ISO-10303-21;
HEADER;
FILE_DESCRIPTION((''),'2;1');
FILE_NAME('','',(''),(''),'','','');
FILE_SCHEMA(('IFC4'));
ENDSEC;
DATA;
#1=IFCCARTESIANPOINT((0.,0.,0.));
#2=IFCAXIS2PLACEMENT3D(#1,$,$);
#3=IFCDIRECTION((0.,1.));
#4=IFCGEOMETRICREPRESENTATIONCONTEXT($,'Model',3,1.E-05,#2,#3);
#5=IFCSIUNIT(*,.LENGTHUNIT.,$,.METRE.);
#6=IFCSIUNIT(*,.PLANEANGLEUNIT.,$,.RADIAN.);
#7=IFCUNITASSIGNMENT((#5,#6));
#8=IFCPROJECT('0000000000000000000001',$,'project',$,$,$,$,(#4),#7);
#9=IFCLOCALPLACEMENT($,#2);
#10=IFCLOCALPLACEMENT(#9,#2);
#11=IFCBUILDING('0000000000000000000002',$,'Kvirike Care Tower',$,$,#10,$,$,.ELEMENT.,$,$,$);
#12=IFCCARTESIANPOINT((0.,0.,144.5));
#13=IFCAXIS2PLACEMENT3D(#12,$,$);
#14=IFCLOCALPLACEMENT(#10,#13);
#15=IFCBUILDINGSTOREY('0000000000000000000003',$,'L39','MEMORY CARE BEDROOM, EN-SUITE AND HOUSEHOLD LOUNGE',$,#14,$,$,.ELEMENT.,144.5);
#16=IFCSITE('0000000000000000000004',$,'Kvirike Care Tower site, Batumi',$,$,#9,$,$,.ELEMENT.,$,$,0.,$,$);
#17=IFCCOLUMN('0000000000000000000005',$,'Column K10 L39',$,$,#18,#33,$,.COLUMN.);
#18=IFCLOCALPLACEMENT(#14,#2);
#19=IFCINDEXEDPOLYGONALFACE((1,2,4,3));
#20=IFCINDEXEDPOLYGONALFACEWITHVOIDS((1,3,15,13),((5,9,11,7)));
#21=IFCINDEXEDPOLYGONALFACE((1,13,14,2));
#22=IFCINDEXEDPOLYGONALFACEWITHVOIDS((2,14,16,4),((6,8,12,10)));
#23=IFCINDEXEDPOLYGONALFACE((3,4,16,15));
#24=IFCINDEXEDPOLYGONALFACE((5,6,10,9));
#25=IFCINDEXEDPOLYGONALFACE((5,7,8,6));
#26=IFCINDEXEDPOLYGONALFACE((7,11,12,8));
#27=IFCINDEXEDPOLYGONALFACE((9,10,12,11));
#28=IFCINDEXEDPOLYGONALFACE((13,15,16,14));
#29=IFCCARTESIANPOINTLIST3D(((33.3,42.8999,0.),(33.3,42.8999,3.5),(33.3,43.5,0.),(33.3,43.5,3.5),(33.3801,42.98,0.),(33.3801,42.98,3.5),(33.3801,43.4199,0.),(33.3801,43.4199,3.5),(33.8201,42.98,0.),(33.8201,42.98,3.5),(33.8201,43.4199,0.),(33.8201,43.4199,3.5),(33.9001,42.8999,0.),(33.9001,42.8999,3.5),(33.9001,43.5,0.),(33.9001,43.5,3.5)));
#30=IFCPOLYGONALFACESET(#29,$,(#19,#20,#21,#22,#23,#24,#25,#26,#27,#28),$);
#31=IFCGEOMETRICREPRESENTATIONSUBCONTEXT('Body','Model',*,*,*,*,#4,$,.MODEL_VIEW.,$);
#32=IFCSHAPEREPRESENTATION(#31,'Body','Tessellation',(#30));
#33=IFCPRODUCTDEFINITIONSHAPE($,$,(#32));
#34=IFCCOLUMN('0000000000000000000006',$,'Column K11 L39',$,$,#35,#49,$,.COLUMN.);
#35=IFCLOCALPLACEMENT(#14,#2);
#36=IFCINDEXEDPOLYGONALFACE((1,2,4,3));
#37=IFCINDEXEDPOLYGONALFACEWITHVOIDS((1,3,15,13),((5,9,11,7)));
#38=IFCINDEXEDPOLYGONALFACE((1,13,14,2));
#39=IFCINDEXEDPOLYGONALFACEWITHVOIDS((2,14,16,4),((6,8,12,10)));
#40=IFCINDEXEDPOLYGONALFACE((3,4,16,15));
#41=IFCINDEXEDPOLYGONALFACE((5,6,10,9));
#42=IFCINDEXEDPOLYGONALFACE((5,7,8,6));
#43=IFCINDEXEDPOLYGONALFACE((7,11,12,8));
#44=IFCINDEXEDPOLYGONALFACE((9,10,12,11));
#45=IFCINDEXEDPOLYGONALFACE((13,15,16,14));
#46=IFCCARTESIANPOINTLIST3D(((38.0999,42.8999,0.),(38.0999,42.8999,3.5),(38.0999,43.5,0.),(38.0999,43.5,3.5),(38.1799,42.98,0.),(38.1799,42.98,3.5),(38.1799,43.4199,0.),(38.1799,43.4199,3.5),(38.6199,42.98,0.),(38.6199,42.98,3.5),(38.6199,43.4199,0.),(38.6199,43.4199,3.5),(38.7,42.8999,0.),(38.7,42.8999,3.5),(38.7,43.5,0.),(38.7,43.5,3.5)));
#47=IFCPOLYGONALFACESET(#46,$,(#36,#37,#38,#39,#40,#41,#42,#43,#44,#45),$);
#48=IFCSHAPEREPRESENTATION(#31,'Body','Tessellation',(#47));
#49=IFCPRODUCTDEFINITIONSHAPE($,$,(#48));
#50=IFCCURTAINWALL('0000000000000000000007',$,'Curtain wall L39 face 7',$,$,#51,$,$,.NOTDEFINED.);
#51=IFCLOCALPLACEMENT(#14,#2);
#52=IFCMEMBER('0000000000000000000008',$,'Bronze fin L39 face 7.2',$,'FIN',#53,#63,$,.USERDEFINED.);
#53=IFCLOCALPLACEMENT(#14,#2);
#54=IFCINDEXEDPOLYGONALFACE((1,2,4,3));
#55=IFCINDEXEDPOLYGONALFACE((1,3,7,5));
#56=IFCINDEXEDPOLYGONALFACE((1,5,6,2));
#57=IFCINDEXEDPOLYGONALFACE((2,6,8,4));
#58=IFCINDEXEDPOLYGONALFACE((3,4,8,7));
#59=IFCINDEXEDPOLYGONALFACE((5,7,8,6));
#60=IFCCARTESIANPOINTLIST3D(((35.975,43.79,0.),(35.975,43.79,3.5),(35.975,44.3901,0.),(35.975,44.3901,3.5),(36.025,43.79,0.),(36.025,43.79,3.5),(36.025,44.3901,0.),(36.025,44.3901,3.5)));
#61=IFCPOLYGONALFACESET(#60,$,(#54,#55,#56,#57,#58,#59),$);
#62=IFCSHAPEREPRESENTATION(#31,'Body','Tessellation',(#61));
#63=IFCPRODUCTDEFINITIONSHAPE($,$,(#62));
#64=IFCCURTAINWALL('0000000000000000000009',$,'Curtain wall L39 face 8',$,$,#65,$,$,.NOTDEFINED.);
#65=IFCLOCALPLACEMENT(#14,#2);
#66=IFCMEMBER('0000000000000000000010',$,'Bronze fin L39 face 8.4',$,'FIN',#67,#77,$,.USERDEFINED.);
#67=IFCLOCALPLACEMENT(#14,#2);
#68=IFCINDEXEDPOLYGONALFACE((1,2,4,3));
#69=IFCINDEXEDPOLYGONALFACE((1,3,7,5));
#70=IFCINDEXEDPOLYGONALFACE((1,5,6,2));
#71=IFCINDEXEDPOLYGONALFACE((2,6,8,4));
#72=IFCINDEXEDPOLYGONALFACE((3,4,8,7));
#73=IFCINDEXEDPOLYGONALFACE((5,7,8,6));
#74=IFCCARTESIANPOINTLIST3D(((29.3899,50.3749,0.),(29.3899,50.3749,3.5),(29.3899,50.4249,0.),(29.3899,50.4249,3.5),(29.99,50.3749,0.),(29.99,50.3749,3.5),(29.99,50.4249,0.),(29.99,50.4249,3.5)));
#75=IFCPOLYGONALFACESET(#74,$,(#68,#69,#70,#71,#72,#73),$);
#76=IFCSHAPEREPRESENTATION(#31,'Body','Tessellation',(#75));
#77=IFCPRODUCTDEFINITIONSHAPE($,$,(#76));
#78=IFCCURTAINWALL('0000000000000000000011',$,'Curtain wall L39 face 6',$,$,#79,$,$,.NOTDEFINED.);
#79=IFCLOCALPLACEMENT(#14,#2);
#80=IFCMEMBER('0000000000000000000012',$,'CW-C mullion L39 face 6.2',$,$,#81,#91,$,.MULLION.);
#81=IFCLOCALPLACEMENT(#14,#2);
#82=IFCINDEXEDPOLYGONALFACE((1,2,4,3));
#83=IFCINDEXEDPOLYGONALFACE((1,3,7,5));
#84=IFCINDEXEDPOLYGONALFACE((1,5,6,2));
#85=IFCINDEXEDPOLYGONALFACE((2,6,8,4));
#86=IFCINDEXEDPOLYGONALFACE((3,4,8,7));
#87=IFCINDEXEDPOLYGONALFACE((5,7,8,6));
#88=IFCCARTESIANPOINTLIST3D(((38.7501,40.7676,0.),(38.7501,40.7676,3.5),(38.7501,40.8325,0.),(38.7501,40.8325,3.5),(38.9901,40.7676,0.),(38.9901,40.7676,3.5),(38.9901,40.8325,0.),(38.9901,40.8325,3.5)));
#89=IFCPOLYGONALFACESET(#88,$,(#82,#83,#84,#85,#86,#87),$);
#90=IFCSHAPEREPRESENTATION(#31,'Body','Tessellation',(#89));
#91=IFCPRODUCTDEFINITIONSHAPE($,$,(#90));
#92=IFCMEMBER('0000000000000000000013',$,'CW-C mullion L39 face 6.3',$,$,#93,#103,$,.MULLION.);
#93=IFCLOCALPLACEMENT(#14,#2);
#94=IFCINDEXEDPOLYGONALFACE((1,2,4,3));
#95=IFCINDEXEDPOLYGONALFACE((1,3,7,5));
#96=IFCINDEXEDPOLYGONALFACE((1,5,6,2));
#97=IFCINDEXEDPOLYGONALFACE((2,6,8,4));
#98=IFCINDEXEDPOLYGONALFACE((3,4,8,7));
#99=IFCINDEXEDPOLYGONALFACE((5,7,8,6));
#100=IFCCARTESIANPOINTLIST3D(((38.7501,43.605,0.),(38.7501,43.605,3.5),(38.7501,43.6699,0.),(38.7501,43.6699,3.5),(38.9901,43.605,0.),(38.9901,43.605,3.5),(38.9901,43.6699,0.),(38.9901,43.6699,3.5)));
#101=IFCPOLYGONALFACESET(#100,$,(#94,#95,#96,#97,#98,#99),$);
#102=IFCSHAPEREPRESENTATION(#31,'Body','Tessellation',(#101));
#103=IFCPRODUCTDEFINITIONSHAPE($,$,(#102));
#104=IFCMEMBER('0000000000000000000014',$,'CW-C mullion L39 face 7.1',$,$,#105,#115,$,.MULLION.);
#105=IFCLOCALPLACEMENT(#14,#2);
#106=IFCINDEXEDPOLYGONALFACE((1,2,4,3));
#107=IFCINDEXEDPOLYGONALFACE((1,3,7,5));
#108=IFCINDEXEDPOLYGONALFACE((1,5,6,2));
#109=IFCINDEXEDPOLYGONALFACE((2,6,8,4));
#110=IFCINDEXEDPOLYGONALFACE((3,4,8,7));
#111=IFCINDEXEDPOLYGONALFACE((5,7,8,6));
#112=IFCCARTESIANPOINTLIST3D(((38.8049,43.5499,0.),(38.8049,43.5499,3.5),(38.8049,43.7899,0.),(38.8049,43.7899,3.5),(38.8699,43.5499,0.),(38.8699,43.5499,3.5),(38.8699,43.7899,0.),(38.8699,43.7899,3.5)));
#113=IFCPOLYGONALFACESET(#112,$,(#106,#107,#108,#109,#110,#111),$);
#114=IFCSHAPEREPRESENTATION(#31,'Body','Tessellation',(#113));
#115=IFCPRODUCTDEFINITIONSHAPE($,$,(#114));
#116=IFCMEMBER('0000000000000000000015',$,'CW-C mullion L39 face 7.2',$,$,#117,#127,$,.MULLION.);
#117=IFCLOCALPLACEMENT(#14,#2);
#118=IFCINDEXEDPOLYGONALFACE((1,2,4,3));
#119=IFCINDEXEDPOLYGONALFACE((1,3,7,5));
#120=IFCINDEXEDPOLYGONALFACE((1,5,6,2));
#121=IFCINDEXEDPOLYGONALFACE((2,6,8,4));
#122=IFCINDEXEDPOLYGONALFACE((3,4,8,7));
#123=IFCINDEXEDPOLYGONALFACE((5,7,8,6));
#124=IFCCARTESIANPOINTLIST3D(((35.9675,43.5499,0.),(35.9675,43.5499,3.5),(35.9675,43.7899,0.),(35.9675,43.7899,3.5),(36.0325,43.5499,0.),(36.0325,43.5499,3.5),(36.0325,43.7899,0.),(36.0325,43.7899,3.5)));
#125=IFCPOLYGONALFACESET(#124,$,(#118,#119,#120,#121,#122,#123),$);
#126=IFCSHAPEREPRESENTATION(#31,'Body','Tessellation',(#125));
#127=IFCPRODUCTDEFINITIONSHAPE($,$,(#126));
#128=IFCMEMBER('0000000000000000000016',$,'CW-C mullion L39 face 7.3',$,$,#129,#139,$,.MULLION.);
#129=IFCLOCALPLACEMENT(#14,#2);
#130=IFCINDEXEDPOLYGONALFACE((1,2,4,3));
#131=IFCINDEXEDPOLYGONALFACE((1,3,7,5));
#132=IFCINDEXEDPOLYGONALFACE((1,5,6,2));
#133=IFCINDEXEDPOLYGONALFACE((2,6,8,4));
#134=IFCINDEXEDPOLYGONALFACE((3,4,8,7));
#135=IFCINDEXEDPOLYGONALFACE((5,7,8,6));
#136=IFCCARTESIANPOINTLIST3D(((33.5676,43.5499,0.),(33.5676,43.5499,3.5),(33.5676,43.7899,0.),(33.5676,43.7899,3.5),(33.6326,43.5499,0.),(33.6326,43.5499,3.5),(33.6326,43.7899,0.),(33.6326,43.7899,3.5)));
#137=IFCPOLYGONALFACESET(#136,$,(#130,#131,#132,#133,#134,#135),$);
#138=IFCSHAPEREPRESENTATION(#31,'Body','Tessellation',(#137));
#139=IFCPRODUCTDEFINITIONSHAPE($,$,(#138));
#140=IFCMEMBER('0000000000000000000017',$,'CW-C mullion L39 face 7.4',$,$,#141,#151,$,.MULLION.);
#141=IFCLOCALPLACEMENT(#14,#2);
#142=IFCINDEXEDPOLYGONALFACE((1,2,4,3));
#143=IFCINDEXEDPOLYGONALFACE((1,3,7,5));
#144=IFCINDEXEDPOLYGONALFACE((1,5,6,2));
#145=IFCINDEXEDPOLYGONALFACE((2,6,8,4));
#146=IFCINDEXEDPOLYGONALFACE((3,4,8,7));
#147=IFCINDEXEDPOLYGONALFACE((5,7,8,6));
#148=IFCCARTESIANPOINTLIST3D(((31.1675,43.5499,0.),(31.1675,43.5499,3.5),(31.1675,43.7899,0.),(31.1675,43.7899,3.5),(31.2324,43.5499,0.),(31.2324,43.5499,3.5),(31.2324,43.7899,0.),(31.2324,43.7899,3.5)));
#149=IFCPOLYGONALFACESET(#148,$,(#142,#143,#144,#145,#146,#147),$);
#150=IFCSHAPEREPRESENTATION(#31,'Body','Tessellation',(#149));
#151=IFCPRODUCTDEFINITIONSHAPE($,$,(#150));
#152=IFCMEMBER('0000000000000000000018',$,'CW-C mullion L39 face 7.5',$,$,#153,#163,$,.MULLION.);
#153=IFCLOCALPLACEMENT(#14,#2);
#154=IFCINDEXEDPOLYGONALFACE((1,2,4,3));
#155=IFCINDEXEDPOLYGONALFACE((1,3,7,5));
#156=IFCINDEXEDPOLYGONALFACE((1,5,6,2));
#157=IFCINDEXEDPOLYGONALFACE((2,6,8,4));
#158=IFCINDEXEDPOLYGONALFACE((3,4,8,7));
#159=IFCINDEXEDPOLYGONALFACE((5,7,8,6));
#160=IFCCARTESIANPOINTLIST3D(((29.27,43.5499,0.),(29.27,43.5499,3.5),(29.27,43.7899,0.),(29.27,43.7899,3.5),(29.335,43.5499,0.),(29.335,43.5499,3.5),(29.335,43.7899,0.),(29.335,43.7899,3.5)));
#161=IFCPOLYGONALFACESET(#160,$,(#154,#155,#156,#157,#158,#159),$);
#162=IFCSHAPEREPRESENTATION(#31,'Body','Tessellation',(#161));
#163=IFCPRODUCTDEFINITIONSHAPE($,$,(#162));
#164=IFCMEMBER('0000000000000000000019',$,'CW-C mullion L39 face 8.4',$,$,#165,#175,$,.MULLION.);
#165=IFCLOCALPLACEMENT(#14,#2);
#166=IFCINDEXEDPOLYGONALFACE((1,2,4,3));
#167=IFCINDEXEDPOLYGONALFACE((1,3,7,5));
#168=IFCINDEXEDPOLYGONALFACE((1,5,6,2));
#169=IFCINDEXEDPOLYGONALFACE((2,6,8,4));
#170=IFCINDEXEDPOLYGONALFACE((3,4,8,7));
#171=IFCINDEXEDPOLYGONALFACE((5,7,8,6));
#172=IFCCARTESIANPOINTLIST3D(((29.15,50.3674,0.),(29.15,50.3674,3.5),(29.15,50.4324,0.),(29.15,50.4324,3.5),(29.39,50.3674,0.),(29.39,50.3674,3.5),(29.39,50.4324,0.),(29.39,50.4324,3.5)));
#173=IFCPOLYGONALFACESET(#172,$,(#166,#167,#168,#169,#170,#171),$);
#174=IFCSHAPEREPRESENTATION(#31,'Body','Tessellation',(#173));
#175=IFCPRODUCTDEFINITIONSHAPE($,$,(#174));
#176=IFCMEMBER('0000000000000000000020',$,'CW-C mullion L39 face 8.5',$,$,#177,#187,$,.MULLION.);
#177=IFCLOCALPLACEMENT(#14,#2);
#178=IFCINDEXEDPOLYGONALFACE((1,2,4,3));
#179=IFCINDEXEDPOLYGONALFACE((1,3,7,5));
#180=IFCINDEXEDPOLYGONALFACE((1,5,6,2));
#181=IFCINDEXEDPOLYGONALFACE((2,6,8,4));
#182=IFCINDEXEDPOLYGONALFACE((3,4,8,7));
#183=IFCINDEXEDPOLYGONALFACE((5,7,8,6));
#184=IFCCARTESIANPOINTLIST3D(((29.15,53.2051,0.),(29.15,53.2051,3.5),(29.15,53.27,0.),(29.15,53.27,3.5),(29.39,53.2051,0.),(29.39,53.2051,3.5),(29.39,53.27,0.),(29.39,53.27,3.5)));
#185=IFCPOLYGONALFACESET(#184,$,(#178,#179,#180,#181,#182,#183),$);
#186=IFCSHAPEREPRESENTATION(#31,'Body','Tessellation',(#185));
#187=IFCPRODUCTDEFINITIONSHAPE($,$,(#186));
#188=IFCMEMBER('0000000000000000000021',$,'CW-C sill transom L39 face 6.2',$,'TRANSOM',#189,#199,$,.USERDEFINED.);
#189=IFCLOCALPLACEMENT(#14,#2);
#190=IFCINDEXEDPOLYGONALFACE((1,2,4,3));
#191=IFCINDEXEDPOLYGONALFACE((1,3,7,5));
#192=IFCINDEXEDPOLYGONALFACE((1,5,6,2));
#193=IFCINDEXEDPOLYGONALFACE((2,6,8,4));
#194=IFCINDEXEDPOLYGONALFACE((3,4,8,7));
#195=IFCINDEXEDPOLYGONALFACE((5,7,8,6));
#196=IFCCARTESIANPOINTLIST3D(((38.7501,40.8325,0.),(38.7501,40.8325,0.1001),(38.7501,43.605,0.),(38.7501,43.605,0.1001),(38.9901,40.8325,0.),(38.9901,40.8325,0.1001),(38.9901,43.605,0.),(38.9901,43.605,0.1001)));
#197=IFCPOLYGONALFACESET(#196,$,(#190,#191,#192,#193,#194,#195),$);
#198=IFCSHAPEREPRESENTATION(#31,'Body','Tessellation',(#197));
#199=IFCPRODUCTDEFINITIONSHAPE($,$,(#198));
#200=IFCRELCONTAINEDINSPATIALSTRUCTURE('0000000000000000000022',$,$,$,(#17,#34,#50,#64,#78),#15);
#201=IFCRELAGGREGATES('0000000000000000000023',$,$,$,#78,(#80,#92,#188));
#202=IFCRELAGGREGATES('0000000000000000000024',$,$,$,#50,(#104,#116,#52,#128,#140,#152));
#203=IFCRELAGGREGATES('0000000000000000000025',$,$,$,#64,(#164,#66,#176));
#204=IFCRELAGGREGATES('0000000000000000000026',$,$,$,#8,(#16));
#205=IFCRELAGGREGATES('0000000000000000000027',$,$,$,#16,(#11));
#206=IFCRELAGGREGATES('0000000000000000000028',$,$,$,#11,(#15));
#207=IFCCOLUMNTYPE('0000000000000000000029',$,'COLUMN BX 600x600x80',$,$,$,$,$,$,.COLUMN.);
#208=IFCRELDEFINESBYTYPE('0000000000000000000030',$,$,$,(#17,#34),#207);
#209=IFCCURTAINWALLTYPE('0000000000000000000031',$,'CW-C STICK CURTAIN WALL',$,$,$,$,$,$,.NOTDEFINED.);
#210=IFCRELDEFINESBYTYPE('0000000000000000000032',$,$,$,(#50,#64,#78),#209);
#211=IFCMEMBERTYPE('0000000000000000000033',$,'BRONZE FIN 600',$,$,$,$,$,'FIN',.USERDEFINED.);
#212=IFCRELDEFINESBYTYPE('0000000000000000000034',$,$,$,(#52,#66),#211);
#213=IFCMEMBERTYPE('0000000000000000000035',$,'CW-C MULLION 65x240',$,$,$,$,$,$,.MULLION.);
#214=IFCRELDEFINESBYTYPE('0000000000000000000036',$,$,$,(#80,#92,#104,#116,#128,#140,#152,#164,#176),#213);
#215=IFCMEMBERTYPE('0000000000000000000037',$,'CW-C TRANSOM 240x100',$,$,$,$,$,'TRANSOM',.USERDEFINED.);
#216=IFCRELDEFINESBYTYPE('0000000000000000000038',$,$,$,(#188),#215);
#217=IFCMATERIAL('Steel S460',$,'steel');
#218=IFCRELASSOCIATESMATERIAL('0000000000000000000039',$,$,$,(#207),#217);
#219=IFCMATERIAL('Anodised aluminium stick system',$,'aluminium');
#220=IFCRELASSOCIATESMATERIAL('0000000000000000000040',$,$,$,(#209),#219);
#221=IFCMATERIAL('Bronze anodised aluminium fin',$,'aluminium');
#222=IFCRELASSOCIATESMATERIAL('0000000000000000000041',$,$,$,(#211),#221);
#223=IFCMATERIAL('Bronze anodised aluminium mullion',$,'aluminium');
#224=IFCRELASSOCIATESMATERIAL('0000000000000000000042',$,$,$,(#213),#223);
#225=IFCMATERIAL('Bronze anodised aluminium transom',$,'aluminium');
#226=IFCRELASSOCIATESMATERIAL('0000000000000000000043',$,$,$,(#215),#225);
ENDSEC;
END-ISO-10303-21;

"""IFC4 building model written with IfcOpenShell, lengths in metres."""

from ifc_helpers import new_model, si_unit, direction, frame, origin, origin_2d, place, context, subcontext, project, spatial, rectangle, hollow_rectangle, extrude, material, material_profile, profile_set, type_object, element, aggregate, save


model = new_model("IFC4")

# Units and contexts
model_context = context("Model", 3, precision=1e-05, world=origin(), true_north=direction((0.0, 1.0)))
body_context = subcontext(model_context, "Body", "Model", "MODEL_VIEW")
ifc_project = project(units=[si_unit("LENGTHUNIT", "METRE"), si_unit("PLANEANGLEUNIT", "RADIAN")], contexts=[model_context])

# Site, building, storey
site_placement = place(None, origin())
site = spatial("IfcSite", under=ifc_project, at=site_placement, Name="Kvirike Care Tower site, Batumi", CompositionType="ELEMENT", RefElevation=0.0)
building_placement = place(site_placement, origin())
building = spatial("IfcBuilding", under=site, at=building_placement, Name="Kvirike Care Tower", CompositionType="ELEMENT")
storey_placement = place(building_placement, frame((0.0, 0.0, 144.5)))
storey = spatial("IfcBuildingStorey", under=building, at=storey_placement, Name="L39", Description="MEMORY CARE BEDROOM, EN-SUITE AND HOUSEHOLD LOUNGE", CompositionType="ELEMENT", Elevation=144.5)

# Columns
ifc_material_1 = material(Name="Steel S460", Category="steel")
ifc_material_profile_1 = material_profile(ifc_material_1, hollow_rectangle(XDim=0.6001, YDim=0.6001, WallThickness=0.0801, at=origin_2d()), Name="BX 600x600x80")
ifc_profile_set_1 = profile_set([ifc_material_profile_1], Name="Steel S460")
column_type = type_object("IfcColumnType", Name="COLUMN BX 600x600x80", PredefinedType="COLUMN", material=ifc_profile_set_1)
for number, where, z_axis, x_axis, name in (
    (1, (33.6001, 43.2, 0.0), (0.0, 0.0, 1.0), (0.0, 1.0, 0.0), "Column K10 L39"),
    (2, (38.3999, 43.2, 0.0), (0.0, 0.0, 1.0), (0.0, 1.0, 0.0), "Column K11 L39"),
):
    element("IfcColumn", number, at=place(storey_placement, frame(where, z_axis=z_axis, x_axis=x_axis)), inside=storey, type_object=column_type, Name=name, PredefinedType="COLUMN", context=body_context, shape_type="SweptSolid", body=[
        extrude(hollow_rectangle(XDim=0.6001, YDim=0.6001, WallThickness=0.0801, at=origin_2d()), origin(), (0.0, 0.0, 1.0), 3.5),
    ])

# Curtain walls, members
ifc_material_2 = material(Name="Anodised aluminium stick system", Category="aluminium")
curtain_wall_type = type_object("IfcCurtainWallType", Name="CW-C STICK CURTAIN WALL", PredefinedType="NOTDEFINED", material=ifc_material_2)
curtain_wall_1_placement = place(storey_placement, origin())
curtain_wall_1 = element("IfcCurtainWall", 3, at=curtain_wall_1_placement, inside=storey, type_object=curtain_wall_type, Name="Curtain wall L39 face 7", PredefinedType="NOTDEFINED")
ifc_material_3 = material(Name="Bronze anodised aluminium fin", Category="aluminium")
ifc_material_profile_2 = material_profile(ifc_material_3, rectangle(XDim=0.05, YDim=0.6001, at=origin_2d()), Name="BRONZE FIN 600")
ifc_profile_set_2 = profile_set([ifc_material_profile_2], Name="Bronze anodised aluminium fin")
member_type_1 = type_object("IfcMemberType", Name="BRONZE FIN 600", ElementType="FIN", PredefinedType="USERDEFINED", material=ifc_profile_set_2)
member_1_placement = place(storey_placement, frame((36.0, 44.0901, 0.0), z_axis=(0.0, 0.0, 1.0), x_axis=(-1.0, 0.0, 0.0)))
member_1 = element("IfcMember", 4, at=member_1_placement, type_object=member_type_1, Name="Bronze fin L39 face 7.2", ObjectType="FIN", PredefinedType="USERDEFINED", context=body_context, shape_type="SweptSolid", body=[
    extrude(rectangle(XDim=0.05, YDim=0.6001, at=origin_2d()), origin(), (0.0, 0.0, 1.0), 3.5),
])
curtain_wall_2_placement = place(storey_placement, origin())
curtain_wall_2 = element("IfcCurtainWall", 5, at=curtain_wall_2_placement, inside=storey, type_object=curtain_wall_type, Name="Curtain wall L39 face 8", PredefinedType="NOTDEFINED")
member_2_placement = place(storey_placement, frame((29.6899, 50.3999, 0.0), z_axis=(0.0, 0.0, 1.0), x_axis=(0.0, 1.0, 0.0)))
member_2 = element("IfcMember", 6, at=member_2_placement, type_object=member_type_1, Name="Bronze fin L39 face 8.4", ObjectType="FIN", PredefinedType="USERDEFINED", context=body_context, shape_type="SweptSolid", body=[
    extrude(rectangle(XDim=0.05, YDim=0.6001, at=origin_2d()), origin(), (0.0, 0.0, 1.0), 3.5),
])

# Curtain wall, members
curtain_wall_3_placement = place(storey_placement, origin())
curtain_wall_3 = element("IfcCurtainWall", 7, at=curtain_wall_3_placement, inside=storey, type_object=curtain_wall_type, Name="Curtain wall L39 face 6", PredefinedType="NOTDEFINED")
ifc_material_4 = material(Name="Bronze anodised aluminium mullion", Category="aluminium")
ifc_material_profile_3 = material_profile(ifc_material_4, rectangle(XDim=0.0649, YDim=0.24, at=origin_2d()), Name="CW-C MULLION 65x240")
ifc_profile_set_3 = profile_set([ifc_material_profile_3], Name="Bronze anodised aluminium mullion")
member_type_2 = type_object("IfcMemberType", Name="CW-C MULLION 65x240", PredefinedType="MULLION", material=ifc_profile_set_3)
member_3_placement = place(storey_placement, frame((38.8701, 40.8, 0.0), z_axis=(0.0, 0.0, 1.0), x_axis=(0.0, 1.0, 0.0)))
member_3 = element("IfcMember", 8, at=member_3_placement, type_object=member_type_2, Name="CW-C mullion L39 face 6.2", PredefinedType="MULLION", context=body_context, shape_type="SweptSolid", body=[
    extrude(rectangle(XDim=0.0649, YDim=0.24, at=origin_2d()), origin(), (0.0, 0.0, 1.0), 3.5),
])
member_4_placement = place(storey_placement, frame((38.8701, 43.6375, 0.0), z_axis=(0.0, 0.0, 1.0), x_axis=(0.0, 1.0, 0.0)))
member_4 = element("IfcMember", 9, at=member_4_placement, type_object=member_type_2, Name="CW-C mullion L39 face 6.3", PredefinedType="MULLION", context=body_context, shape_type="SweptSolid", body=[
    extrude(rectangle(XDim=0.0649, YDim=0.24, at=origin_2d()), origin(), (0.0, 0.0, 1.0), 3.5),
])

# Members
member_5_placement = place(storey_placement, frame((38.8374, 43.6699, 0.0), z_axis=(0.0, 0.0, 1.0), x_axis=(-1.0, 0.0, 0.0)))
member_5 = element("IfcMember", 10, at=member_5_placement, type_object=member_type_2, Name="CW-C mullion L39 face 7.1", PredefinedType="MULLION", context=body_context, shape_type="SweptSolid", body=[
    extrude(rectangle(XDim=0.0649, YDim=0.24, at=origin_2d()), origin(), (0.0, 0.0, 1.0), 3.5),
])
member_6_placement = place(storey_placement, frame((36.0, 43.6699, 0.0), z_axis=(0.0, 0.0, 1.0), x_axis=(-1.0, 0.0, 0.0)))
member_6 = element("IfcMember", 11, at=member_6_placement, type_object=member_type_2, Name="CW-C mullion L39 face 7.2", PredefinedType="MULLION", context=body_context, shape_type="SweptSolid", body=[
    extrude(rectangle(XDim=0.0649, YDim=0.24, at=origin_2d()), origin(), (0.0, 0.0, 1.0), 3.5),
])
member_7_placement = place(storey_placement, frame((33.6001, 43.6699, 0.0), z_axis=(0.0, 0.0, 1.0), x_axis=(-1.0, 0.0, 0.0)))
member_7 = element("IfcMember", 12, at=member_7_placement, type_object=member_type_2, Name="CW-C mullion L39 face 7.3", PredefinedType="MULLION", context=body_context, shape_type="SweptSolid", body=[
    extrude(rectangle(XDim=0.0649, YDim=0.24, at=origin_2d()), origin(), (0.0, 0.0, 1.0), 3.5),
])
member_8_placement = place(storey_placement, frame((31.2, 43.6699, 0.0), z_axis=(0.0, 0.0, 1.0), x_axis=(-1.0, 0.0, 0.0)))
member_8 = element("IfcMember", 13, at=member_8_placement, type_object=member_type_2, Name="CW-C mullion L39 face 7.4", PredefinedType="MULLION", context=body_context, shape_type="SweptSolid", body=[
    extrude(rectangle(XDim=0.0649, YDim=0.24, at=origin_2d()), origin(), (0.0, 0.0, 1.0), 3.5),
])
member_9_placement = place(storey_placement, frame((29.3025, 43.6699, 0.0), z_axis=(0.0, 0.0, 1.0), x_axis=(-1.0, 0.0, 0.0)))
member_9 = element("IfcMember", 14, at=member_9_placement, type_object=member_type_2, Name="CW-C mullion L39 face 7.5", PredefinedType="MULLION", context=body_context, shape_type="SweptSolid", body=[
    extrude(rectangle(XDim=0.0649, YDim=0.24, at=origin_2d()), origin(), (0.0, 0.0, 1.0), 3.5),
])
member_10_placement = place(storey_placement, frame((29.27, 50.3999, 0.0), z_axis=(0.0, 0.0, 1.0), x_axis=(0.0, 1.0, 0.0)))
member_10 = element("IfcMember", 15, at=member_10_placement, type_object=member_type_2, Name="CW-C mullion L39 face 8.4", PredefinedType="MULLION", context=body_context, shape_type="SweptSolid", body=[
    extrude(rectangle(XDim=0.0649, YDim=0.24, at=origin_2d()), origin(), (0.0, 0.0, 1.0), 3.5),
])
member_11_placement = place(storey_placement, frame((29.27, 53.2375, 0.0), z_axis=(0.0, 0.0, 1.0), x_axis=(0.0, 1.0, 0.0)))
member_11 = element("IfcMember", 16, at=member_11_placement, type_object=member_type_2, Name="CW-C mullion L39 face 8.5", PredefinedType="MULLION", context=body_context, shape_type="SweptSolid", body=[
    extrude(rectangle(XDim=0.0649, YDim=0.24, at=origin_2d()), origin(), (0.0, 0.0, 1.0), 3.5),
])
ifc_material_5 = material(Name="Bronze anodised aluminium transom", Category="aluminium")
ifc_material_profile_4 = material_profile(ifc_material_5, rectangle(XDim=0.24, YDim=0.1001, at=origin_2d()), Name="CW-C TRANSOM 240x100")
ifc_profile_set_4 = profile_set([ifc_material_profile_4], Name="Bronze anodised aluminium transom")
member_type_3 = type_object("IfcMemberType", Name="CW-C TRANSOM 240x100", ElementType="TRANSOM", PredefinedType="USERDEFINED", material=ifc_profile_set_4)
member_12_placement = place(storey_placement, frame((38.8701, 40.8325, 0.05), z_axis=(0.0, 1.0, 0.0), x_axis=(-1.0, 0.0, 0.0)))
member_12 = element("IfcMember", 17, at=member_12_placement, type_object=member_type_3, Name="CW-C sill transom L39 face 6.2", ObjectType="TRANSOM", PredefinedType="USERDEFINED", context=body_context, shape_type="SweptSolid", body=[
    extrude(rectangle(XDim=0.24, YDim=0.1001, at=origin_2d()), origin(), (0.0, 0.0, 1.0), 2.7725),
])

aggregate(curtain_wall_3, [member_3, member_4, member_12])
aggregate(curtain_wall_1, [member_5, member_6, member_1, member_7, member_8, member_9])
aggregate(curtain_wall_2, [member_10, member_2, member_11])

save(model, "model.ifc")
